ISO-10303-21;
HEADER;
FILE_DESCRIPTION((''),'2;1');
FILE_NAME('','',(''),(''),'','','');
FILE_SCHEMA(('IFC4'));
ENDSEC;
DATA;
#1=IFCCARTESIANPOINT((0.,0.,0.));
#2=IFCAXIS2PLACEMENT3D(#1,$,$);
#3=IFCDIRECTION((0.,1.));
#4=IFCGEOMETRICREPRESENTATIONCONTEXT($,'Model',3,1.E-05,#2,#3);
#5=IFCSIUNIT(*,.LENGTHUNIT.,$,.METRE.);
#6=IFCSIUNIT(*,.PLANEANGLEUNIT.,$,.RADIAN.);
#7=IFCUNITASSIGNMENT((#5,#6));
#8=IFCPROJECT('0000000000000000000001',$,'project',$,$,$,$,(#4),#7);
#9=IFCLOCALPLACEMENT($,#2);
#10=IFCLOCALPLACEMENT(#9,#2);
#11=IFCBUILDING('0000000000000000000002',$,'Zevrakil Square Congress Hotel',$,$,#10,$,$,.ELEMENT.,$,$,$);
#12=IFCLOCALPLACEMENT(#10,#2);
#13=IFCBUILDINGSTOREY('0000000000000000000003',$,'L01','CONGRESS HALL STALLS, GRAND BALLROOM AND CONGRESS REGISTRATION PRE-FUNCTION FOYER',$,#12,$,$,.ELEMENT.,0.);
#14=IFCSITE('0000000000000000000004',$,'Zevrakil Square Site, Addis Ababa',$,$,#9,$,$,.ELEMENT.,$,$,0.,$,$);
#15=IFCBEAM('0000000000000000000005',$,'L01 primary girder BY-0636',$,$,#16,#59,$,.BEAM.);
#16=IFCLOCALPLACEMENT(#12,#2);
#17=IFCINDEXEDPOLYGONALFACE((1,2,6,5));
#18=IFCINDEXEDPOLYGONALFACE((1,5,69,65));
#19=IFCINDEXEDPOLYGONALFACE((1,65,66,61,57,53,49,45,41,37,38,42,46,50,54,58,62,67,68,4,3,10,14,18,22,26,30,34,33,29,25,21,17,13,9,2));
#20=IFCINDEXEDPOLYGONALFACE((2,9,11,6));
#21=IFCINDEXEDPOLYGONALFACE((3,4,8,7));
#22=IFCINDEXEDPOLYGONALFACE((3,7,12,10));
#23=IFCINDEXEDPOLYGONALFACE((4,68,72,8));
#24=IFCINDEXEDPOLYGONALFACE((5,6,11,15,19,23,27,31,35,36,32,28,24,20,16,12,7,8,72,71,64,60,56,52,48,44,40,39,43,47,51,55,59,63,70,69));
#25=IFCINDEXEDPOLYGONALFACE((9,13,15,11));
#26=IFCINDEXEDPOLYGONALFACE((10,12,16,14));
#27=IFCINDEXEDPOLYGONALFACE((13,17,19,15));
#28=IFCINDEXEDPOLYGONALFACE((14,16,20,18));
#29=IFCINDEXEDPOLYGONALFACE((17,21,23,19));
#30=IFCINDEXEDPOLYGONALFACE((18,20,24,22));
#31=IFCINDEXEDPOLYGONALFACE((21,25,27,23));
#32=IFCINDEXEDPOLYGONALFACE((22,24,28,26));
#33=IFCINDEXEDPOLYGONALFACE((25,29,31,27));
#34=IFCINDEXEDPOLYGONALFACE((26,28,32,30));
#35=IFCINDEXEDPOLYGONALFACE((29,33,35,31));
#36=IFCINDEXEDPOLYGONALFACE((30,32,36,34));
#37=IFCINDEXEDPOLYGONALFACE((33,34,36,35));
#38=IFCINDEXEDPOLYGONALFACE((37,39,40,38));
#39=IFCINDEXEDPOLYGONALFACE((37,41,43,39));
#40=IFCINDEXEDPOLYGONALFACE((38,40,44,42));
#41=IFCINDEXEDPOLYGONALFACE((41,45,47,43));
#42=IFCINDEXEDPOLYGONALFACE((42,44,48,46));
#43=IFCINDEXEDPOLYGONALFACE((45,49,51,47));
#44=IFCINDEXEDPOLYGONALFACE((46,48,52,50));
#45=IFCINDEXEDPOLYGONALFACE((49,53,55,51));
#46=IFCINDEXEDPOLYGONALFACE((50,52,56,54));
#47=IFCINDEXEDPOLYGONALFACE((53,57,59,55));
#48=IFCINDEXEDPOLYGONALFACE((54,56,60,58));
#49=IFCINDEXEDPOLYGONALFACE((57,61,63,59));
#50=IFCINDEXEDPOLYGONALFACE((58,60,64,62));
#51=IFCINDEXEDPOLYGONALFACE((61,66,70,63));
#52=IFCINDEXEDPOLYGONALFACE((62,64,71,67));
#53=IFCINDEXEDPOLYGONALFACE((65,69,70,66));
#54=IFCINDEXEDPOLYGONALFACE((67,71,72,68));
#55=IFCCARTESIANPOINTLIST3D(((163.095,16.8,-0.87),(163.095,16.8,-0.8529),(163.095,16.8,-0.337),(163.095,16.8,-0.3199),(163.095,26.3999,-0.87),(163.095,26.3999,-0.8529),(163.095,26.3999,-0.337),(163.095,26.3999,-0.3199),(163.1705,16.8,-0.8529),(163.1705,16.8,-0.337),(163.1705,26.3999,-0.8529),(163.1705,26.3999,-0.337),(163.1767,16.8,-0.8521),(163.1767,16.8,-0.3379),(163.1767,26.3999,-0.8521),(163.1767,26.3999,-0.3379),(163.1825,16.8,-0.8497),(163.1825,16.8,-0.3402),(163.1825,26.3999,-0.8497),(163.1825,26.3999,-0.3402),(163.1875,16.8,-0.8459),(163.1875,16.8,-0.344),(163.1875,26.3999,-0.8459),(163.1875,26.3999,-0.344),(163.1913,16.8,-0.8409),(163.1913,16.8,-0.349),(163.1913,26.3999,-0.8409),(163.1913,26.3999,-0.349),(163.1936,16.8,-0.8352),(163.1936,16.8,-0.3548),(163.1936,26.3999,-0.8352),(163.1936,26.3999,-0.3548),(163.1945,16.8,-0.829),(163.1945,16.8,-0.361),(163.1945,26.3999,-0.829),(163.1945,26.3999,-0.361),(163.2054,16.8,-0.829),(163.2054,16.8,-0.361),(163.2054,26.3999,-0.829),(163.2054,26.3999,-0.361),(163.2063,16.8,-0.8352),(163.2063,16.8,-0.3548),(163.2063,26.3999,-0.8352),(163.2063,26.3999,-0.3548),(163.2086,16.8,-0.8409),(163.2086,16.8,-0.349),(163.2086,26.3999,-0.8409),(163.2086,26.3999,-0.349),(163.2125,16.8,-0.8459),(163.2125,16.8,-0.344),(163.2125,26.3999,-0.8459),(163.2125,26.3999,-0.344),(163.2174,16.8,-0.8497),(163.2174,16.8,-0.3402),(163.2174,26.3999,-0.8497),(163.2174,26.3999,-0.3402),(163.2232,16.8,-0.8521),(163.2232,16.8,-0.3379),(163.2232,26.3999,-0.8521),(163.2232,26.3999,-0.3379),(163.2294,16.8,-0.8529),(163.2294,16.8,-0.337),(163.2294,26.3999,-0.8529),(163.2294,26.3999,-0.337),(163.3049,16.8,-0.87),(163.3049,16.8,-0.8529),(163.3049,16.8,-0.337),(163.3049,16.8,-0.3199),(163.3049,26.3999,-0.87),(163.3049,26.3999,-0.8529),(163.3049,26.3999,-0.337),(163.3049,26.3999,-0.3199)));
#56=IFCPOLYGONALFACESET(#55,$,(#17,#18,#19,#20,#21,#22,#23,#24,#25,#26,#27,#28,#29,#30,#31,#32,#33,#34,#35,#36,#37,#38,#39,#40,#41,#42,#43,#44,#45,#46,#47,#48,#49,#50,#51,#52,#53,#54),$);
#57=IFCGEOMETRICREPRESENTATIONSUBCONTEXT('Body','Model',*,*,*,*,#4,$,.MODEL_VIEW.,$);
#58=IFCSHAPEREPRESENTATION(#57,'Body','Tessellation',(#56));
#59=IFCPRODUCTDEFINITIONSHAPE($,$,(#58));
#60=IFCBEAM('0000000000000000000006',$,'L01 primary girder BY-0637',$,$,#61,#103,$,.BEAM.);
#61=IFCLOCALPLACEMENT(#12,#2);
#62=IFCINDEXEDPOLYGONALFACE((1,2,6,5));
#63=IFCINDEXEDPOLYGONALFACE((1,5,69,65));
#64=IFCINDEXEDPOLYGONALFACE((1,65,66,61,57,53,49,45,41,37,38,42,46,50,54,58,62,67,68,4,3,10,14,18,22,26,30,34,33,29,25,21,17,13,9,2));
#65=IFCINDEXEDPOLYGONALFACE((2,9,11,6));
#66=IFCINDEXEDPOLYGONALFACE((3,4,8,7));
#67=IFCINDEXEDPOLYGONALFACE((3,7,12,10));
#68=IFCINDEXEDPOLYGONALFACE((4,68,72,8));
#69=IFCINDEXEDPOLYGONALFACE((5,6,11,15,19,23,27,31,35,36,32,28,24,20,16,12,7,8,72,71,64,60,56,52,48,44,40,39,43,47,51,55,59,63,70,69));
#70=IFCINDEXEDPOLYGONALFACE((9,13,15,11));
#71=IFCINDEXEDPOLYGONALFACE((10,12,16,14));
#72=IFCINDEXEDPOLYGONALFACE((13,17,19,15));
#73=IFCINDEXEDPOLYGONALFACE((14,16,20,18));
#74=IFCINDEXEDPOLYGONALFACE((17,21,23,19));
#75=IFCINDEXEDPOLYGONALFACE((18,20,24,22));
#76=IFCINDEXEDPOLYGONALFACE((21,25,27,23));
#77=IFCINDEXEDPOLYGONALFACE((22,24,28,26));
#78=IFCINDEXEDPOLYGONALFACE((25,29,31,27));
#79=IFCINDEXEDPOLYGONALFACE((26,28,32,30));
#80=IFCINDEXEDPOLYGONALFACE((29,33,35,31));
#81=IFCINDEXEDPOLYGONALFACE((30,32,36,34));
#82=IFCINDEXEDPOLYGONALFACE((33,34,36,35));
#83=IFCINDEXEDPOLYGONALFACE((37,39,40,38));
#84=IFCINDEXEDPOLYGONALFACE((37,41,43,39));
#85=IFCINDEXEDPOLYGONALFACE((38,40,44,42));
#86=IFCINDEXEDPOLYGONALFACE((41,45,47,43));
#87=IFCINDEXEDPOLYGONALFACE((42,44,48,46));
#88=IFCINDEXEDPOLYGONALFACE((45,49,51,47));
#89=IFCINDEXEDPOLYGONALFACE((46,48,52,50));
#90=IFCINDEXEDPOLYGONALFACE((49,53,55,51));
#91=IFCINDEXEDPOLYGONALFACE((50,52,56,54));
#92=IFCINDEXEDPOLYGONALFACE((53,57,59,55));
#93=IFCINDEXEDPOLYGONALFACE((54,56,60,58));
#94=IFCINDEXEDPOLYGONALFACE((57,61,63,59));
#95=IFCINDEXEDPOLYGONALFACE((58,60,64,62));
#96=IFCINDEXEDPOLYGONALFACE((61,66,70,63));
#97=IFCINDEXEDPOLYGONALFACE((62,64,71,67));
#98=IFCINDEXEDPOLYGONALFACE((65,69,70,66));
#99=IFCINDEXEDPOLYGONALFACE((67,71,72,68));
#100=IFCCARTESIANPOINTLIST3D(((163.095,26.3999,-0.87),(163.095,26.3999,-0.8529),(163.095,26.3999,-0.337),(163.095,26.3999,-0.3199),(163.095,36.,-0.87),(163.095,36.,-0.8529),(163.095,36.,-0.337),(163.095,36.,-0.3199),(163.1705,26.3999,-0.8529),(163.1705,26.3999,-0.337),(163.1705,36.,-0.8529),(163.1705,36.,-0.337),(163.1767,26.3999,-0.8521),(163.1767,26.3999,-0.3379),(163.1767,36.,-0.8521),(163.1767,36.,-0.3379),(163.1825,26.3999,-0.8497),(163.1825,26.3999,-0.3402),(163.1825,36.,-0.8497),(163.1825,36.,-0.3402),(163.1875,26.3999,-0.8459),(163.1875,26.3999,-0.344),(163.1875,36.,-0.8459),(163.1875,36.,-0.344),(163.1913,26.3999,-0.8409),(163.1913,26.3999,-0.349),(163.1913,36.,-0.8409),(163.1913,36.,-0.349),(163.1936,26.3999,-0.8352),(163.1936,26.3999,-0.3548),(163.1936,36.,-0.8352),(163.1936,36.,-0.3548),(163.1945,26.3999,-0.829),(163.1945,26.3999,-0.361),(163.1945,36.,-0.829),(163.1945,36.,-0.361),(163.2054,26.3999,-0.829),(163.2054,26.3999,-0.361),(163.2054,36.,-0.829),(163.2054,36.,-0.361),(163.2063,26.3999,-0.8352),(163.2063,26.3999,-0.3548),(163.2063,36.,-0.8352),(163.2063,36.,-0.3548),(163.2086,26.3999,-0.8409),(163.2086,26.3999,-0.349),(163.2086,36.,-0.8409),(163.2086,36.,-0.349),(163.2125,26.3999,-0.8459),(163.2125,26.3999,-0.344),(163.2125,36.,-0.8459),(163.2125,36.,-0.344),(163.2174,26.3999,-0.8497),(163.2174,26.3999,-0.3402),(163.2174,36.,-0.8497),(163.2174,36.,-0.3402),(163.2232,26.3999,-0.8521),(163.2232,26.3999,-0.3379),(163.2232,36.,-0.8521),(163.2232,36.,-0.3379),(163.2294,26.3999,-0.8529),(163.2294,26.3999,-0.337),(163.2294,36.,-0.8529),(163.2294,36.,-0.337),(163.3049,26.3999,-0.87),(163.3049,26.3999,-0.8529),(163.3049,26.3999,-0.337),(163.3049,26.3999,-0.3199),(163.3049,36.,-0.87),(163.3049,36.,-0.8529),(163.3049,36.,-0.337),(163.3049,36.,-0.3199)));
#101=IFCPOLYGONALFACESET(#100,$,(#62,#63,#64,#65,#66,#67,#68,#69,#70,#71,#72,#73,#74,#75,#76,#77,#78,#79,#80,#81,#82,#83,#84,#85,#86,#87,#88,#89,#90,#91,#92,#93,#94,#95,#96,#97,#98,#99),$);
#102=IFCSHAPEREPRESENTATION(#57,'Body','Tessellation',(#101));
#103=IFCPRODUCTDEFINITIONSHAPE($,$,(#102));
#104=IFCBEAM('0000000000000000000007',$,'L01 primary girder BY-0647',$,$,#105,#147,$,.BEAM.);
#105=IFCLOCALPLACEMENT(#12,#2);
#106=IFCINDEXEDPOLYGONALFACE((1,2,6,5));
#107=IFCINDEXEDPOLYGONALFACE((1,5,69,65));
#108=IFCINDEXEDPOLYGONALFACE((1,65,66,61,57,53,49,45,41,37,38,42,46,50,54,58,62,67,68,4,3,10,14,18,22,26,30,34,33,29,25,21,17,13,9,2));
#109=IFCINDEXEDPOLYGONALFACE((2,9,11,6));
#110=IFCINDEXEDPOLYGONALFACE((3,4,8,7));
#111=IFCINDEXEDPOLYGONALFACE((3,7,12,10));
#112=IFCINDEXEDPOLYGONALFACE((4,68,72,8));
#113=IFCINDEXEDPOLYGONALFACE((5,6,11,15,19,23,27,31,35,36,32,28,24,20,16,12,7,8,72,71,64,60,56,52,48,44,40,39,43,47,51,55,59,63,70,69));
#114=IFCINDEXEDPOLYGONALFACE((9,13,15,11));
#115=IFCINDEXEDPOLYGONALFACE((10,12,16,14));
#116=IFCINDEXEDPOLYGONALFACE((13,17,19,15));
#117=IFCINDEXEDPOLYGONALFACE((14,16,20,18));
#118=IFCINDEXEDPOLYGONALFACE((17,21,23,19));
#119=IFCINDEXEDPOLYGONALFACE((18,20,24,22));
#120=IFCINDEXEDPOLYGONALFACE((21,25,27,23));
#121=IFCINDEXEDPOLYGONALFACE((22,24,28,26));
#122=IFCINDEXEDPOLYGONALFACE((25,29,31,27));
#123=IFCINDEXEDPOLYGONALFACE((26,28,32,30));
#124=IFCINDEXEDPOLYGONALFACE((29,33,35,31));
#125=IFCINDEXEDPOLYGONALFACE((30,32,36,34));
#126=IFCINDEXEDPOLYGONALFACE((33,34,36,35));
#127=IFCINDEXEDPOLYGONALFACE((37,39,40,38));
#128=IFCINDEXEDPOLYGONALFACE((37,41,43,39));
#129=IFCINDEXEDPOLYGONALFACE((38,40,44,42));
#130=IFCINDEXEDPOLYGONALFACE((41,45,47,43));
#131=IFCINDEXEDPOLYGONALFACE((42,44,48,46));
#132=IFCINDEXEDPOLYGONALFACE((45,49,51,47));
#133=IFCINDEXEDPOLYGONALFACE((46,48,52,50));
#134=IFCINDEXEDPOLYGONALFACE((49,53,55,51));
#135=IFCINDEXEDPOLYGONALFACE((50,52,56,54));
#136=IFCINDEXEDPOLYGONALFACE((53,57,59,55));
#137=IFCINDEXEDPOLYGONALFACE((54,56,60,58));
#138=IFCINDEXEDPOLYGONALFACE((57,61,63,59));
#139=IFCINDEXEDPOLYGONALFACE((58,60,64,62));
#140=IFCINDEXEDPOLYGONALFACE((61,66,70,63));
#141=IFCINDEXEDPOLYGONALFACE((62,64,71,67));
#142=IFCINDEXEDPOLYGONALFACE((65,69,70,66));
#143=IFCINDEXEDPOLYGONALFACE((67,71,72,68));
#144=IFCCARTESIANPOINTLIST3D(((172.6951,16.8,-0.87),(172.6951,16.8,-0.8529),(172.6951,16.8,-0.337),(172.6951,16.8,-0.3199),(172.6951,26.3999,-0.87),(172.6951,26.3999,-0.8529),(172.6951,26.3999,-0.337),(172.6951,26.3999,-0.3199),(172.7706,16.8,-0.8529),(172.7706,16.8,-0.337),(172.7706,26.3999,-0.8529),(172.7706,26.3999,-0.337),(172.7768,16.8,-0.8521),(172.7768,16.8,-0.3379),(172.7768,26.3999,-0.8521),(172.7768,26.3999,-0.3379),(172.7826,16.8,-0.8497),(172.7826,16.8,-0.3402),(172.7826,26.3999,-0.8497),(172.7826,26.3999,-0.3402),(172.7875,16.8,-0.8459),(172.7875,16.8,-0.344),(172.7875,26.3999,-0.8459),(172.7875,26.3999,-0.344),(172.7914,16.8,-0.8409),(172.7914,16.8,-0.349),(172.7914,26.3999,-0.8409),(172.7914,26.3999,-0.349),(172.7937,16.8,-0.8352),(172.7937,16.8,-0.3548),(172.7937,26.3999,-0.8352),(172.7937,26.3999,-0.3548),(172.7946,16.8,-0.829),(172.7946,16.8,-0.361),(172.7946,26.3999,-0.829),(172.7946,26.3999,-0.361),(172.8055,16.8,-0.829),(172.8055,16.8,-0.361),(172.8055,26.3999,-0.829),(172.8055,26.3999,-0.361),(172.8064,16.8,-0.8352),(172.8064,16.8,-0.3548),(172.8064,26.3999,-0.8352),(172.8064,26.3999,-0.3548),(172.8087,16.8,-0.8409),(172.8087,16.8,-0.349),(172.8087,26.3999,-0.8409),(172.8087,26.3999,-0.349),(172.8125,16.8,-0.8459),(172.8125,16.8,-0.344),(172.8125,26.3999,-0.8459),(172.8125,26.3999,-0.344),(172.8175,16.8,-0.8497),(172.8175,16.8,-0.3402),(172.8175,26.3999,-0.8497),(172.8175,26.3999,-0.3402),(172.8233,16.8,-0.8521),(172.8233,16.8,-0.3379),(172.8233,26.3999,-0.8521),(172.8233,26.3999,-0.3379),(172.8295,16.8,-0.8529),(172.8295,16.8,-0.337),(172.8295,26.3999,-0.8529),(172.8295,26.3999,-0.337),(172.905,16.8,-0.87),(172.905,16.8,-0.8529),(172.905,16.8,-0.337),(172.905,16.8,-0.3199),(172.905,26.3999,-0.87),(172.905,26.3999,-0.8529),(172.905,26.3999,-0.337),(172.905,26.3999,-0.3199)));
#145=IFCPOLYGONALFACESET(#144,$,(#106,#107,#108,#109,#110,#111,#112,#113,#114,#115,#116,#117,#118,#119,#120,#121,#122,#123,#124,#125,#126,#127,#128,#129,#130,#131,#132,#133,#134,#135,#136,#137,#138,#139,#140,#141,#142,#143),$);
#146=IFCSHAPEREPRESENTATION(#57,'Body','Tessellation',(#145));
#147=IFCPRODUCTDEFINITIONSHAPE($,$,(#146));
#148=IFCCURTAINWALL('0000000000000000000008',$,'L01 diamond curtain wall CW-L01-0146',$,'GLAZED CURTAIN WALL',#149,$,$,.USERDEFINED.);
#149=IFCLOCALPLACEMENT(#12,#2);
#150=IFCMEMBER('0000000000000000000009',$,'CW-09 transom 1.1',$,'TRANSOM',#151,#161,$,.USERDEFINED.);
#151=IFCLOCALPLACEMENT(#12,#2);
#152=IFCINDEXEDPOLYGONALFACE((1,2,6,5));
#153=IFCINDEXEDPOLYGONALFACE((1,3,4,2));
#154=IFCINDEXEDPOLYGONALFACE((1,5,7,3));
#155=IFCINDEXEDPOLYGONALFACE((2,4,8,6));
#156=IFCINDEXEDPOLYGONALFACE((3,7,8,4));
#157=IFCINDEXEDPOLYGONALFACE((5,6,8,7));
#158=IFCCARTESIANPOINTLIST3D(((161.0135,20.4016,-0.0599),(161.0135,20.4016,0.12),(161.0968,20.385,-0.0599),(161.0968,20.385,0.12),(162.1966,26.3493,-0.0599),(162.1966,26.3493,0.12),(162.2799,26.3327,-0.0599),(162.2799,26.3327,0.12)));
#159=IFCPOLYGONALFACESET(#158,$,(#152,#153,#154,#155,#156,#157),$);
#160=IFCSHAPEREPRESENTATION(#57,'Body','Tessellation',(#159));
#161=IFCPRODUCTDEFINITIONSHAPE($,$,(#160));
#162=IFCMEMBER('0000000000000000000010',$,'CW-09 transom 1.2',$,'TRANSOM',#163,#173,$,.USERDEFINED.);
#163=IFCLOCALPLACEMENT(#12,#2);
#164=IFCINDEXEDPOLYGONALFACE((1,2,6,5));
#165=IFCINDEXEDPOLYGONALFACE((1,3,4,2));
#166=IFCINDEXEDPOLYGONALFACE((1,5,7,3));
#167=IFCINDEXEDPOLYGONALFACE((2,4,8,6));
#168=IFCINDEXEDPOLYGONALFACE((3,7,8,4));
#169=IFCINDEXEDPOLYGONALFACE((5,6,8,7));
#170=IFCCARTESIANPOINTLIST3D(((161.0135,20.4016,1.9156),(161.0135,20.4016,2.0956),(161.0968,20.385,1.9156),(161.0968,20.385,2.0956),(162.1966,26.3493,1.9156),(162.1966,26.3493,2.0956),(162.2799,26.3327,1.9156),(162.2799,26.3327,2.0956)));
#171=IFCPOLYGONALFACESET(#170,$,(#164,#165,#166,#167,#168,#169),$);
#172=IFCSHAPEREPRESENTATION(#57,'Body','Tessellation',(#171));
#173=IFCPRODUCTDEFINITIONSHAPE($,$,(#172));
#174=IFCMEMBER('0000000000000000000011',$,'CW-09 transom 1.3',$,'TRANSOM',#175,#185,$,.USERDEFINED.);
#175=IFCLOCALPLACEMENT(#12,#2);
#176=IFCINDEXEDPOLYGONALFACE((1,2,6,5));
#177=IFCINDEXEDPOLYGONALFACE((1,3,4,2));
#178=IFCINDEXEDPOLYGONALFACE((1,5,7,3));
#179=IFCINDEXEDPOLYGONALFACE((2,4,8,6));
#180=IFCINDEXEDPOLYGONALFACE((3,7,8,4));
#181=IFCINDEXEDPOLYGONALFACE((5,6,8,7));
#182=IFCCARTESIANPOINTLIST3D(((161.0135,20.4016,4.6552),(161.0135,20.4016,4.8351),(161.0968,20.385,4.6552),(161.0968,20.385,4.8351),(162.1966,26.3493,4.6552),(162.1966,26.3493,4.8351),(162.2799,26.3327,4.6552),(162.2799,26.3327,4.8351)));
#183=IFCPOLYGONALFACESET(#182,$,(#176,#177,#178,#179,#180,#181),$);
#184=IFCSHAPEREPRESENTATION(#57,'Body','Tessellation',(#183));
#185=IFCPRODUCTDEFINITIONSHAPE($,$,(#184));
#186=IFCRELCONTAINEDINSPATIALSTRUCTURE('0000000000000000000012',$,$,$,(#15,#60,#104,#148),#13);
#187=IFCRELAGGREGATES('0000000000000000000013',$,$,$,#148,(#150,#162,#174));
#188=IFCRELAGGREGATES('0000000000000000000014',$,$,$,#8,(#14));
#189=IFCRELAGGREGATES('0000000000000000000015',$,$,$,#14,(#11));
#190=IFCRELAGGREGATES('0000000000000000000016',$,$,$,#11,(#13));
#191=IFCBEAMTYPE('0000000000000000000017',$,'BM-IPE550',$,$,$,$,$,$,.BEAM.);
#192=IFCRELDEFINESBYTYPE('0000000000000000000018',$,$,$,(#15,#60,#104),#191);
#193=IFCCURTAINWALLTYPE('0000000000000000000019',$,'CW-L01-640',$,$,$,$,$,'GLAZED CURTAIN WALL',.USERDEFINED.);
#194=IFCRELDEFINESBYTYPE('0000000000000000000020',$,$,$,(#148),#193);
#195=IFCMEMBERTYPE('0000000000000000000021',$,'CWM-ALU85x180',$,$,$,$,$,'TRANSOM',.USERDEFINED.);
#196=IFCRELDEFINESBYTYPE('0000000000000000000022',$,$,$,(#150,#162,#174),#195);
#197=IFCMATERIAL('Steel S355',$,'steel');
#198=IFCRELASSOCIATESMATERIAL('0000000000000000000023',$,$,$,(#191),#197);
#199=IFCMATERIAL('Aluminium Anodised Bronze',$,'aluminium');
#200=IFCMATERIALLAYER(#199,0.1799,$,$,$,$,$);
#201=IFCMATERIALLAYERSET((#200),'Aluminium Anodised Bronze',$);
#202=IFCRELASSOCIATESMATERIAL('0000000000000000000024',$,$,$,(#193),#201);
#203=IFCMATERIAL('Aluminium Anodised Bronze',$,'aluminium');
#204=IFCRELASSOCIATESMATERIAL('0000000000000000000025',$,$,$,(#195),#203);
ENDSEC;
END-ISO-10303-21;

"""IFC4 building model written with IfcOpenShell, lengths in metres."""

from ifc_helpers import new_model, si_unit, direction, frame, origin, origin_2d, place, context, subcontext, project, spatial, rectangle, i_section, extrude, material, layer, layer_set, material_profile, profile_set, type_object, element, aggregate, save


model = new_model("IFC4")

# Units and contexts
model_context = context("Model", 3, precision=1e-05, world=origin(), true_north=direction((0.0, 1.0)))
body_context = subcontext(model_context, "Body", "Model", "MODEL_VIEW")
ifc_project = project(units=[si_unit("LENGTHUNIT", "METRE"), si_unit("PLANEANGLEUNIT", "RADIAN")], contexts=[model_context])

# Site, building, storey
site_placement = place(None, origin())
site = spatial("IfcSite", under=ifc_project, at=site_placement, Name="Zevrakil Square Site, Addis Ababa", CompositionType="ELEMENT", RefElevation=0.0)
building_placement = place(site_placement, origin())
building = spatial("IfcBuilding", under=site, at=building_placement, Name="Zevrakil Square Congress Hotel", CompositionType="ELEMENT")
storey_placement = place(building_placement, origin())
storey = spatial("IfcBuildingStorey", under=building, at=storey_placement, Name="L01", Description="CONGRESS HALL STALLS, GRAND BALLROOM AND CONGRESS REGISTRATION PRE-FUNCTION FOYER", CompositionType="ELEMENT", Elevation=0.0)

# Beams
ifc_material_1 = material(Name="Steel S355", Category="steel")
ifc_material_profile_1 = material_profile(ifc_material_1, i_section(OverallWidth=0.21, OverallDepth=0.55, WebThickness=0.011, FlangeThickness=0.0171, FilletRadius=0.0239, at=origin_2d()), Name="IPE 550")
ifc_profile_set_1 = profile_set([ifc_material_profile_1], Name="Steel S355")
beam_type_1 = type_object("IfcBeamType", Name="BM-IPE550", PredefinedType="BEAM", material=ifc_profile_set_1)
beam_1_placement = place(storey_placement, frame((163.2, 16.8, -0.595), z_axis=(0.0, 1.0, 0.0), x_axis=(-1.0, 0.0, 0.0)))
element("IfcBeam", 1, at=beam_1_placement, inside=storey, type_object=beam_type_1, Name="L01 primary girder BY-0636", PredefinedType="BEAM", context=body_context, shape_type="SweptSolid", body=[
    extrude(i_section(OverallWidth=0.21, OverallDepth=0.55, WebThickness=0.011, FlangeThickness=0.0171, FilletRadius=0.0239, at=origin_2d()), origin(), (0.0, 0.0, 1.0), 9.5999),
])
beam_2_placement = place(storey_placement, frame((163.2, 26.3999, -0.595), z_axis=(0.0, 1.0, 0.0), x_axis=(-1.0, 0.0, 0.0)))
element("IfcBeam", 2, at=beam_2_placement, inside=storey, type_object=beam_type_1, Name="L01 primary girder BY-0637", PredefinedType="BEAM", context=body_context, shape_type="SweptSolid", body=[
    extrude(i_section(OverallWidth=0.21, OverallDepth=0.55, WebThickness=0.011, FlangeThickness=0.0171, FilletRadius=0.0239, at=origin_2d()), origin(), (0.0, 0.0, 1.0), 9.6001),
])
beam_3_placement = place(storey_placement, frame((172.8, 16.8, -0.595), z_axis=(0.0, 1.0, 0.0), x_axis=(-1.0, 0.0, 0.0)))
element("IfcBeam", 3, at=beam_3_placement, inside=storey, type_object=beam_type_1, Name="L01 primary girder BY-0647", PredefinedType="BEAM", context=body_context, shape_type="SweptSolid", body=[
    extrude(i_section(OverallWidth=0.21, OverallDepth=0.55, WebThickness=0.011, FlangeThickness=0.0171, FilletRadius=0.0239, at=origin_2d()), origin(), (0.0, 0.0, 1.0), 9.5999),
])

# Curtain wall, members
ifc_material_2 = material(Name="Aluminium Anodised Bronze", Category="aluminium")
ifc_layer_1 = layer(ifc_material_2, 0.1799)
ifc_layer_set_1 = layer_set([ifc_layer_1], Name="Aluminium Anodised Bronze")
curtain_wall_type = type_object("IfcCurtainWallType", Name="CW-L01-640", ElementType="GLAZED CURTAIN WALL", PredefinedType="USERDEFINED", material=ifc_layer_set_1)
curtain_wall_1_placement = place(storey_placement, origin())
curtain_wall_1 = element("IfcCurtainWall", 4, at=curtain_wall_1_placement, inside=storey, type_object=curtain_wall_type, Name="L01 diamond curtain wall CW-L01-0146", ObjectType="GLAZED CURTAIN WALL", PredefinedType="USERDEFINED")
ifc_material_3 = material(Name="Aluminium Anodised Bronze", Category="aluminium")
ifc_material_profile_2 = material_profile(ifc_material_3, rectangle(XDim=0.085, YDim=0.1799, at=origin_2d()), Name="ALU 85x180")
ifc_profile_set_2 = profile_set([ifc_material_profile_2], Name="Aluminium Anodised Bronze")
member_type_1 = type_object("IfcMemberType", Name="CWM-ALU85x180", ElementType="TRANSOM", PredefinedType="USERDEFINED", material=ifc_profile_set_2)
member_1_placement = place(storey_placement, frame((161.0552, 20.3933, 0.03), z_axis=(0.195094, 0.980785, 0.0), x_axis=(-0.980785, 0.195094, 0.0)))
member_1 = element("IfcMember", 5, at=member_1_placement, type_object=member_type_1, Name="CW-09 transom 1.1", ObjectType="TRANSOM", PredefinedType="USERDEFINED", context=body_context, shape_type="SweptSolid", body=[
    extrude(rectangle(XDim=0.085, YDim=0.1799, at=origin_2d()), origin(), (0.0, 0.0, 1.0), 6.0642),
])
member_2_placement = place(storey_placement, frame((161.0552, 20.3933, 2.0056), z_axis=(0.195094, 0.980785, 0.0), x_axis=(-0.980785, 0.195094, 0.0)))
member_2 = element("IfcMember", 6, at=member_2_placement, type_object=member_type_1, Name="CW-09 transom 1.2", ObjectType="TRANSOM", PredefinedType="USERDEFINED", context=body_context, shape_type="SweptSolid", body=[
    extrude(rectangle(XDim=0.085, YDim=0.1799, at=origin_2d()), origin(), (0.0, 0.0, 1.0), 6.0642),
])
member_3_placement = place(storey_placement, frame((161.0552, 20.3933, 4.7451), z_axis=(0.195094, 0.980785, 0.0), x_axis=(-0.980785, 0.195094, 0.0)))
member_3 = element("IfcMember", 7, at=member_3_placement, type_object=member_type_1, Name="CW-09 transom 1.3", ObjectType="TRANSOM", PredefinedType="USERDEFINED", context=body_context, shape_type="SweptSolid", body=[
    extrude(rectangle(XDim=0.085, YDim=0.1799, at=origin_2d()), origin(), (0.0, 0.0, 1.0), 6.0642),
])

aggregate(curtain_wall_1, [member_1, member_2, member_3])

save(model, "model.ifc")
